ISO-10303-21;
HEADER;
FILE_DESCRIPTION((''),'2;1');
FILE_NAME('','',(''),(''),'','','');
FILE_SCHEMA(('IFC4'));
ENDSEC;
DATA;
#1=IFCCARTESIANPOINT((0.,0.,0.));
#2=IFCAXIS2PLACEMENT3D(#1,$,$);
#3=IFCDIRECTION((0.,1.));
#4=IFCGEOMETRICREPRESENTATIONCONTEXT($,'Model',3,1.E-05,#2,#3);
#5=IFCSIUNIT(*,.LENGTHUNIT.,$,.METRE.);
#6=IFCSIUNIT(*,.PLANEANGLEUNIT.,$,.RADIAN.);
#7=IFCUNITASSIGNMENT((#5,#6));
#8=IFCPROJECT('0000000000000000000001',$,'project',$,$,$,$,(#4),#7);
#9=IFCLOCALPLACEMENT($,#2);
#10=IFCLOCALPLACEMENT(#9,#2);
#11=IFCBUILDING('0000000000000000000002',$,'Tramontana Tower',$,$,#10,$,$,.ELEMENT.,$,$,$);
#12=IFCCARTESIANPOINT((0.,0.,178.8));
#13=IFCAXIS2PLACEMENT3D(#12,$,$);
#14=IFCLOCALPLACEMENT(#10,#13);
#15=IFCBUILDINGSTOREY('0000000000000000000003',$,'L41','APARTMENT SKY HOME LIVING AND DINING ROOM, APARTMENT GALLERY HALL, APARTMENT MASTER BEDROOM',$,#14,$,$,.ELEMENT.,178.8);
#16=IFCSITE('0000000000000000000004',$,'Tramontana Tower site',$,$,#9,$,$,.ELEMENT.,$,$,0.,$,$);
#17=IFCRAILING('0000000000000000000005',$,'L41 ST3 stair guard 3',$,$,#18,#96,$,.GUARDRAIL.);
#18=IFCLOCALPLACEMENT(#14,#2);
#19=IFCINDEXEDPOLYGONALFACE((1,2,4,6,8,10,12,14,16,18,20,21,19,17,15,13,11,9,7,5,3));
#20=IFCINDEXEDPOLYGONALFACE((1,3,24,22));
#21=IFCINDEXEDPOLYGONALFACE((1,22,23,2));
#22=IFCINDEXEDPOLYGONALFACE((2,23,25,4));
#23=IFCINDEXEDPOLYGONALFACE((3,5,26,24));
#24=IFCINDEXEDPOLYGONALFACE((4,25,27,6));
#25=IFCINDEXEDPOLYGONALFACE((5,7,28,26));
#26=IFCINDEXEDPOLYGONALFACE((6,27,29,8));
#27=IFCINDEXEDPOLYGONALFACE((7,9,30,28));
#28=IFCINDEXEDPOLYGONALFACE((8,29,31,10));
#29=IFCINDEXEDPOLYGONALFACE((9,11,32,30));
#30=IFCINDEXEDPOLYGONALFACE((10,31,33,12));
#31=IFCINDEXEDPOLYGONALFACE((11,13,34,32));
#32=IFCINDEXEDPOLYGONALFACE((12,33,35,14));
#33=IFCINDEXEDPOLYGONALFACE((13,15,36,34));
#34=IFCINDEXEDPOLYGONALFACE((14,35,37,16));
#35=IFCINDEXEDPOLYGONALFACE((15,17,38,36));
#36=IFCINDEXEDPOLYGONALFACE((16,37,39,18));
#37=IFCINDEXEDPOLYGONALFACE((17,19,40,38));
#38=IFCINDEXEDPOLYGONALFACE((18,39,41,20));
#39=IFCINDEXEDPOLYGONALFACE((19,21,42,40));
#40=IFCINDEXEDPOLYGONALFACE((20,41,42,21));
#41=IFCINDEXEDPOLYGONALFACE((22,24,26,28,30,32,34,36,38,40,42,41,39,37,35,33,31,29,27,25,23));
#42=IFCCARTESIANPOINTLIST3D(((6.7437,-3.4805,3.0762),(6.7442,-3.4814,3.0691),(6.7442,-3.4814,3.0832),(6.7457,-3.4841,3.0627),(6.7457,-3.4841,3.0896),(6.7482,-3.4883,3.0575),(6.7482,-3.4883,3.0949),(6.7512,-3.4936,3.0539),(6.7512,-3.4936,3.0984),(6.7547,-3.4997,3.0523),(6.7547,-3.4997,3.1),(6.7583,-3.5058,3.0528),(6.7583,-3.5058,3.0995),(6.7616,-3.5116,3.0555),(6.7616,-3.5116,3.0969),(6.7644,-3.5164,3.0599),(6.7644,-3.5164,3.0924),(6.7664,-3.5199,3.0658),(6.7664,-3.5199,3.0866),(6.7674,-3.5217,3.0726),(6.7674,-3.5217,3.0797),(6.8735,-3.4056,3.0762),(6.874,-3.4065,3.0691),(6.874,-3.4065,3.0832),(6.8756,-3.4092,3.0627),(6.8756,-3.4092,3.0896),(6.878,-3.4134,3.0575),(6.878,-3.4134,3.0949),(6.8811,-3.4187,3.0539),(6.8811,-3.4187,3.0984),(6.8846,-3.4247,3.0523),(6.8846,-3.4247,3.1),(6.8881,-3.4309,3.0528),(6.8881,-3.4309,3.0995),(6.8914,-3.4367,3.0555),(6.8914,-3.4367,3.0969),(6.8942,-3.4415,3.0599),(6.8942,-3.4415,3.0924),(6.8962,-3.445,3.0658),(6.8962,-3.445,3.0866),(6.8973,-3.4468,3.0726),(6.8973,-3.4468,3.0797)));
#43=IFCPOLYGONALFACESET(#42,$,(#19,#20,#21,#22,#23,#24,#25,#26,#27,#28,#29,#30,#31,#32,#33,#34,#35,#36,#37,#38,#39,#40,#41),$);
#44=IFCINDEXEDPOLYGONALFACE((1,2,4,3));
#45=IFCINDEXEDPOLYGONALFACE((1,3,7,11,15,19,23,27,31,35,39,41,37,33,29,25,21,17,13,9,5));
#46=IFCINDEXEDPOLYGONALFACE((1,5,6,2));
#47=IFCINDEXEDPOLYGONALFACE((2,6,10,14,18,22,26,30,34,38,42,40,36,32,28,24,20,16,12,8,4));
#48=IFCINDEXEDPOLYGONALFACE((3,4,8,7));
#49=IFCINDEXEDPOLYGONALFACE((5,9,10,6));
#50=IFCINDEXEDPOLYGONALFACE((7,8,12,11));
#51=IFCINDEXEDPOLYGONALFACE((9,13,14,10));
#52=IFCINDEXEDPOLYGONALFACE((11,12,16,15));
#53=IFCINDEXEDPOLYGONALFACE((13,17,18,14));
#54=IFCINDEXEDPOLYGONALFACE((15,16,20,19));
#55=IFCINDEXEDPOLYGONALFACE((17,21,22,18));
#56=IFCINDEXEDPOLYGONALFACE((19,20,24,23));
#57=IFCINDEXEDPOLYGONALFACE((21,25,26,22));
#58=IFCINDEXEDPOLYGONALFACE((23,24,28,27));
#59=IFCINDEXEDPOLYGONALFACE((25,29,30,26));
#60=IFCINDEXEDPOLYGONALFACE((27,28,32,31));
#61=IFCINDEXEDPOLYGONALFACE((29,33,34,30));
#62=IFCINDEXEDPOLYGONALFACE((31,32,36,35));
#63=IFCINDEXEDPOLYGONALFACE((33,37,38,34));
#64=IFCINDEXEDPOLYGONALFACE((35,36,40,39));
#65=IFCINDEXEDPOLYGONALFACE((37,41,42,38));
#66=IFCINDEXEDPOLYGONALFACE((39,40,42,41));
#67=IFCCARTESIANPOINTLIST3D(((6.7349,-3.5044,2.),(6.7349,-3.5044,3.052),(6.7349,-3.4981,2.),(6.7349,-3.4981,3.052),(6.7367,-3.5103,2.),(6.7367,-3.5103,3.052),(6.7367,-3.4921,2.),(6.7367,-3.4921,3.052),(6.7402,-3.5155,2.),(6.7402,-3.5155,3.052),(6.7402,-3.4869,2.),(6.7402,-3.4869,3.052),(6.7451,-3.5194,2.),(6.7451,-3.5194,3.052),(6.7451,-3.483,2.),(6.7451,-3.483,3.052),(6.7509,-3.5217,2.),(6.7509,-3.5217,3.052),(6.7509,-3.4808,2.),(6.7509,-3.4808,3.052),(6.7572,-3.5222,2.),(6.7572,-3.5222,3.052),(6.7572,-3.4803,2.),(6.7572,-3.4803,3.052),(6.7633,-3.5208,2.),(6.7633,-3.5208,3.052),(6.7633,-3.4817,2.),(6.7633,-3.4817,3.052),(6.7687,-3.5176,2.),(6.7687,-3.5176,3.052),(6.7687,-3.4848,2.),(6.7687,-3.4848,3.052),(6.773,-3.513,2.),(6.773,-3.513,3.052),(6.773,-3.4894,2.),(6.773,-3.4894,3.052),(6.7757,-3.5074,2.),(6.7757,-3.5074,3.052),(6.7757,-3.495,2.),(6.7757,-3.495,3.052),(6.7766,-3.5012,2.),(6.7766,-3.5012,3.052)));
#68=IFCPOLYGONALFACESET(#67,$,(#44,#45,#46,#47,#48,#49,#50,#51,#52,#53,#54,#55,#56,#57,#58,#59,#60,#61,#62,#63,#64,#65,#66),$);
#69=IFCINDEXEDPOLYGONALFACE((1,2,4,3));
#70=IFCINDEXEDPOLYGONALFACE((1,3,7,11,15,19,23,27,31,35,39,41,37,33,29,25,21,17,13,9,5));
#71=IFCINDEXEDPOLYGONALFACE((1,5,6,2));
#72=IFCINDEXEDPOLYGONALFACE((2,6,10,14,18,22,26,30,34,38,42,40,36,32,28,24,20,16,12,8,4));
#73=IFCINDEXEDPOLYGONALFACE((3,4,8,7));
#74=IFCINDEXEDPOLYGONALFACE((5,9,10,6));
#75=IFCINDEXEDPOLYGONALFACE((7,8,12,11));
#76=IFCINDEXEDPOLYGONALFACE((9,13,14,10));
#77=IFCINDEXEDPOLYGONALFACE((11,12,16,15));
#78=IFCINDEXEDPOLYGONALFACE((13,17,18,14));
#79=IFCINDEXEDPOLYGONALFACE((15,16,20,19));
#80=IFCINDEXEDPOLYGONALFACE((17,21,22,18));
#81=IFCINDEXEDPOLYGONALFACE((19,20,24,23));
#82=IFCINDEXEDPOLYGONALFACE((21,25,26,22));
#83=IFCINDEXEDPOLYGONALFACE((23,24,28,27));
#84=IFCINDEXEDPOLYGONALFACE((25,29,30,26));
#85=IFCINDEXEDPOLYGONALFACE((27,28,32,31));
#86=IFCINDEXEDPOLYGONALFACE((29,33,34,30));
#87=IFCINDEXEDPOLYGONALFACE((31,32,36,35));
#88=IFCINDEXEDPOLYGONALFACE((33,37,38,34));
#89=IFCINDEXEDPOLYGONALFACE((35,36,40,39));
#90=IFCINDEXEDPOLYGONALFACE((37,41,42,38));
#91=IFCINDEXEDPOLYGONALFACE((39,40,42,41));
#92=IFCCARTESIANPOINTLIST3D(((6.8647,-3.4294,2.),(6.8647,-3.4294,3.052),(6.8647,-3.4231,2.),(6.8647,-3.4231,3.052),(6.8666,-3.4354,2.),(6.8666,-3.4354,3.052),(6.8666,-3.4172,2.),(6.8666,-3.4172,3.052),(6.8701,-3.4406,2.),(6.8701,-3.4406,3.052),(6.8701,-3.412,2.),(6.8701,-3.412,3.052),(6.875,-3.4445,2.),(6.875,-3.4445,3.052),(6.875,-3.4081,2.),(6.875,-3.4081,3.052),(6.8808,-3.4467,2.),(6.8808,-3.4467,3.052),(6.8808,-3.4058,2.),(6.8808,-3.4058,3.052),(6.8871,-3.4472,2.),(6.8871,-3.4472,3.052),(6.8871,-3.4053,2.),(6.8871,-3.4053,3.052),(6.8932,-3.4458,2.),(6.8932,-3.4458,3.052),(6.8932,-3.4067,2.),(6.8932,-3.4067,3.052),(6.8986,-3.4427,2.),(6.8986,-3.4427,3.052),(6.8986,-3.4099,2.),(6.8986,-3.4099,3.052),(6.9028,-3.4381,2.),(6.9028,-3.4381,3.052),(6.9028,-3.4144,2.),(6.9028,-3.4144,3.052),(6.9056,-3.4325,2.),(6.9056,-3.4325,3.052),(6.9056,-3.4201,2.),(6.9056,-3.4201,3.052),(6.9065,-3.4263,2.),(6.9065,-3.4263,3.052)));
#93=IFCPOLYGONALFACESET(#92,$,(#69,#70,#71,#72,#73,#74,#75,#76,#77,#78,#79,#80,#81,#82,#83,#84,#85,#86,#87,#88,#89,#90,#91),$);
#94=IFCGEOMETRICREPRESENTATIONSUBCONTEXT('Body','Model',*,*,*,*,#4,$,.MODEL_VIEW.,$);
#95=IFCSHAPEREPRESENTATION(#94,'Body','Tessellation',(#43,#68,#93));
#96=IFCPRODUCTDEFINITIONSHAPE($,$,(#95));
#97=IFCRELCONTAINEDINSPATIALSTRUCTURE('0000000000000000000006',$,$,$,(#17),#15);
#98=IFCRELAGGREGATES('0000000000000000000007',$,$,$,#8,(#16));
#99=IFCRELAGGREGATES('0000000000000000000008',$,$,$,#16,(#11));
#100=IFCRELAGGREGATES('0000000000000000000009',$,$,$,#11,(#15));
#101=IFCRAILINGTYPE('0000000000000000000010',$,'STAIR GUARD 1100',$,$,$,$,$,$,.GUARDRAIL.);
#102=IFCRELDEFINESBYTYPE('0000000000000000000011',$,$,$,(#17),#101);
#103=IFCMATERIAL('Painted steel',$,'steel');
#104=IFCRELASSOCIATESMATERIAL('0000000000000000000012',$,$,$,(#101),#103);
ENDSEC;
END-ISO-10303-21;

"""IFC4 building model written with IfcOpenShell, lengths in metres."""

from ifc_helpers import new_model, si_unit, direction, frame, origin, origin_2d, place, context, subcontext, project, spatial, circle, extrude, material, type_object, element, save


model = new_model("IFC4")

# Units and contexts
model_context = context("Model", 3, precision=1e-05, world=origin(), true_north=direction((0.0, 1.0)))
body_context = subcontext(model_context, "Body", "Model", "MODEL_VIEW")
ifc_project = project(units=[si_unit("LENGTHUNIT", "METRE"), si_unit("PLANEANGLEUNIT", "RADIAN")], contexts=[model_context])

# Site, building, storey
site_placement = place(None, origin())
site = spatial("IfcSite", under=ifc_project, at=site_placement, Name="Tramontana Tower site", CompositionType="ELEMENT", RefElevation=0.0)
building_placement = place(site_placement, origin())
building = spatial("IfcBuilding", under=site, at=building_placement, Name="Tramontana Tower", CompositionType="ELEMENT")
storey_placement = place(building_placement, frame((0.0, 0.0, 178.8)))
storey = spatial("IfcBuildingStorey", under=building, at=storey_placement, Name="L41", Description="APARTMENT SKY HOME LIVING AND DINING ROOM, APARTMENT GALLERY HALL, APARTMENT MASTER BEDROOM", CompositionType="ELEMENT", Elevation=178.8)

# Railing
ifc_material_1 = material(Name="Painted steel", Category="steel")
railing_type_1 = type_object("IfcRailingType", Name="STAIR GUARD 1100", PredefinedType="GUARDRAIL", material=ifc_material_1)
railing_1_placement = place(storey_placement, frame((6.7556, -3.5012, 2.0)))
element("IfcRailing", 1, at=railing_1_placement, inside=storey, type_object=railing_type_1, Name="L41 ST3 stair guard 3", PredefinedType="GUARDRAIL", context=body_context, shape_type="SweptSolid", body=[
    extrude(circle(Radius=0.0239, at=origin_2d()), frame((0.0, 0.0, 1.0762), z_axis=(0.866131, 0.499816, 0.0), x_axis=(-0.499816, 0.866131, 0.0)), (0.0, 0.0, 1.0), 0.1499),
    extrude(circle(Radius=0.021, at=origin_2d()), origin(), (0.0, 0.0, 1.0), 1.052),
    extrude(circle(Radius=0.021, at=origin_2d()), frame((0.1299, 0.075, 0.0)), (0.0, 0.0, 1.0), 1.052),
])

save(model, "model.ifc")
